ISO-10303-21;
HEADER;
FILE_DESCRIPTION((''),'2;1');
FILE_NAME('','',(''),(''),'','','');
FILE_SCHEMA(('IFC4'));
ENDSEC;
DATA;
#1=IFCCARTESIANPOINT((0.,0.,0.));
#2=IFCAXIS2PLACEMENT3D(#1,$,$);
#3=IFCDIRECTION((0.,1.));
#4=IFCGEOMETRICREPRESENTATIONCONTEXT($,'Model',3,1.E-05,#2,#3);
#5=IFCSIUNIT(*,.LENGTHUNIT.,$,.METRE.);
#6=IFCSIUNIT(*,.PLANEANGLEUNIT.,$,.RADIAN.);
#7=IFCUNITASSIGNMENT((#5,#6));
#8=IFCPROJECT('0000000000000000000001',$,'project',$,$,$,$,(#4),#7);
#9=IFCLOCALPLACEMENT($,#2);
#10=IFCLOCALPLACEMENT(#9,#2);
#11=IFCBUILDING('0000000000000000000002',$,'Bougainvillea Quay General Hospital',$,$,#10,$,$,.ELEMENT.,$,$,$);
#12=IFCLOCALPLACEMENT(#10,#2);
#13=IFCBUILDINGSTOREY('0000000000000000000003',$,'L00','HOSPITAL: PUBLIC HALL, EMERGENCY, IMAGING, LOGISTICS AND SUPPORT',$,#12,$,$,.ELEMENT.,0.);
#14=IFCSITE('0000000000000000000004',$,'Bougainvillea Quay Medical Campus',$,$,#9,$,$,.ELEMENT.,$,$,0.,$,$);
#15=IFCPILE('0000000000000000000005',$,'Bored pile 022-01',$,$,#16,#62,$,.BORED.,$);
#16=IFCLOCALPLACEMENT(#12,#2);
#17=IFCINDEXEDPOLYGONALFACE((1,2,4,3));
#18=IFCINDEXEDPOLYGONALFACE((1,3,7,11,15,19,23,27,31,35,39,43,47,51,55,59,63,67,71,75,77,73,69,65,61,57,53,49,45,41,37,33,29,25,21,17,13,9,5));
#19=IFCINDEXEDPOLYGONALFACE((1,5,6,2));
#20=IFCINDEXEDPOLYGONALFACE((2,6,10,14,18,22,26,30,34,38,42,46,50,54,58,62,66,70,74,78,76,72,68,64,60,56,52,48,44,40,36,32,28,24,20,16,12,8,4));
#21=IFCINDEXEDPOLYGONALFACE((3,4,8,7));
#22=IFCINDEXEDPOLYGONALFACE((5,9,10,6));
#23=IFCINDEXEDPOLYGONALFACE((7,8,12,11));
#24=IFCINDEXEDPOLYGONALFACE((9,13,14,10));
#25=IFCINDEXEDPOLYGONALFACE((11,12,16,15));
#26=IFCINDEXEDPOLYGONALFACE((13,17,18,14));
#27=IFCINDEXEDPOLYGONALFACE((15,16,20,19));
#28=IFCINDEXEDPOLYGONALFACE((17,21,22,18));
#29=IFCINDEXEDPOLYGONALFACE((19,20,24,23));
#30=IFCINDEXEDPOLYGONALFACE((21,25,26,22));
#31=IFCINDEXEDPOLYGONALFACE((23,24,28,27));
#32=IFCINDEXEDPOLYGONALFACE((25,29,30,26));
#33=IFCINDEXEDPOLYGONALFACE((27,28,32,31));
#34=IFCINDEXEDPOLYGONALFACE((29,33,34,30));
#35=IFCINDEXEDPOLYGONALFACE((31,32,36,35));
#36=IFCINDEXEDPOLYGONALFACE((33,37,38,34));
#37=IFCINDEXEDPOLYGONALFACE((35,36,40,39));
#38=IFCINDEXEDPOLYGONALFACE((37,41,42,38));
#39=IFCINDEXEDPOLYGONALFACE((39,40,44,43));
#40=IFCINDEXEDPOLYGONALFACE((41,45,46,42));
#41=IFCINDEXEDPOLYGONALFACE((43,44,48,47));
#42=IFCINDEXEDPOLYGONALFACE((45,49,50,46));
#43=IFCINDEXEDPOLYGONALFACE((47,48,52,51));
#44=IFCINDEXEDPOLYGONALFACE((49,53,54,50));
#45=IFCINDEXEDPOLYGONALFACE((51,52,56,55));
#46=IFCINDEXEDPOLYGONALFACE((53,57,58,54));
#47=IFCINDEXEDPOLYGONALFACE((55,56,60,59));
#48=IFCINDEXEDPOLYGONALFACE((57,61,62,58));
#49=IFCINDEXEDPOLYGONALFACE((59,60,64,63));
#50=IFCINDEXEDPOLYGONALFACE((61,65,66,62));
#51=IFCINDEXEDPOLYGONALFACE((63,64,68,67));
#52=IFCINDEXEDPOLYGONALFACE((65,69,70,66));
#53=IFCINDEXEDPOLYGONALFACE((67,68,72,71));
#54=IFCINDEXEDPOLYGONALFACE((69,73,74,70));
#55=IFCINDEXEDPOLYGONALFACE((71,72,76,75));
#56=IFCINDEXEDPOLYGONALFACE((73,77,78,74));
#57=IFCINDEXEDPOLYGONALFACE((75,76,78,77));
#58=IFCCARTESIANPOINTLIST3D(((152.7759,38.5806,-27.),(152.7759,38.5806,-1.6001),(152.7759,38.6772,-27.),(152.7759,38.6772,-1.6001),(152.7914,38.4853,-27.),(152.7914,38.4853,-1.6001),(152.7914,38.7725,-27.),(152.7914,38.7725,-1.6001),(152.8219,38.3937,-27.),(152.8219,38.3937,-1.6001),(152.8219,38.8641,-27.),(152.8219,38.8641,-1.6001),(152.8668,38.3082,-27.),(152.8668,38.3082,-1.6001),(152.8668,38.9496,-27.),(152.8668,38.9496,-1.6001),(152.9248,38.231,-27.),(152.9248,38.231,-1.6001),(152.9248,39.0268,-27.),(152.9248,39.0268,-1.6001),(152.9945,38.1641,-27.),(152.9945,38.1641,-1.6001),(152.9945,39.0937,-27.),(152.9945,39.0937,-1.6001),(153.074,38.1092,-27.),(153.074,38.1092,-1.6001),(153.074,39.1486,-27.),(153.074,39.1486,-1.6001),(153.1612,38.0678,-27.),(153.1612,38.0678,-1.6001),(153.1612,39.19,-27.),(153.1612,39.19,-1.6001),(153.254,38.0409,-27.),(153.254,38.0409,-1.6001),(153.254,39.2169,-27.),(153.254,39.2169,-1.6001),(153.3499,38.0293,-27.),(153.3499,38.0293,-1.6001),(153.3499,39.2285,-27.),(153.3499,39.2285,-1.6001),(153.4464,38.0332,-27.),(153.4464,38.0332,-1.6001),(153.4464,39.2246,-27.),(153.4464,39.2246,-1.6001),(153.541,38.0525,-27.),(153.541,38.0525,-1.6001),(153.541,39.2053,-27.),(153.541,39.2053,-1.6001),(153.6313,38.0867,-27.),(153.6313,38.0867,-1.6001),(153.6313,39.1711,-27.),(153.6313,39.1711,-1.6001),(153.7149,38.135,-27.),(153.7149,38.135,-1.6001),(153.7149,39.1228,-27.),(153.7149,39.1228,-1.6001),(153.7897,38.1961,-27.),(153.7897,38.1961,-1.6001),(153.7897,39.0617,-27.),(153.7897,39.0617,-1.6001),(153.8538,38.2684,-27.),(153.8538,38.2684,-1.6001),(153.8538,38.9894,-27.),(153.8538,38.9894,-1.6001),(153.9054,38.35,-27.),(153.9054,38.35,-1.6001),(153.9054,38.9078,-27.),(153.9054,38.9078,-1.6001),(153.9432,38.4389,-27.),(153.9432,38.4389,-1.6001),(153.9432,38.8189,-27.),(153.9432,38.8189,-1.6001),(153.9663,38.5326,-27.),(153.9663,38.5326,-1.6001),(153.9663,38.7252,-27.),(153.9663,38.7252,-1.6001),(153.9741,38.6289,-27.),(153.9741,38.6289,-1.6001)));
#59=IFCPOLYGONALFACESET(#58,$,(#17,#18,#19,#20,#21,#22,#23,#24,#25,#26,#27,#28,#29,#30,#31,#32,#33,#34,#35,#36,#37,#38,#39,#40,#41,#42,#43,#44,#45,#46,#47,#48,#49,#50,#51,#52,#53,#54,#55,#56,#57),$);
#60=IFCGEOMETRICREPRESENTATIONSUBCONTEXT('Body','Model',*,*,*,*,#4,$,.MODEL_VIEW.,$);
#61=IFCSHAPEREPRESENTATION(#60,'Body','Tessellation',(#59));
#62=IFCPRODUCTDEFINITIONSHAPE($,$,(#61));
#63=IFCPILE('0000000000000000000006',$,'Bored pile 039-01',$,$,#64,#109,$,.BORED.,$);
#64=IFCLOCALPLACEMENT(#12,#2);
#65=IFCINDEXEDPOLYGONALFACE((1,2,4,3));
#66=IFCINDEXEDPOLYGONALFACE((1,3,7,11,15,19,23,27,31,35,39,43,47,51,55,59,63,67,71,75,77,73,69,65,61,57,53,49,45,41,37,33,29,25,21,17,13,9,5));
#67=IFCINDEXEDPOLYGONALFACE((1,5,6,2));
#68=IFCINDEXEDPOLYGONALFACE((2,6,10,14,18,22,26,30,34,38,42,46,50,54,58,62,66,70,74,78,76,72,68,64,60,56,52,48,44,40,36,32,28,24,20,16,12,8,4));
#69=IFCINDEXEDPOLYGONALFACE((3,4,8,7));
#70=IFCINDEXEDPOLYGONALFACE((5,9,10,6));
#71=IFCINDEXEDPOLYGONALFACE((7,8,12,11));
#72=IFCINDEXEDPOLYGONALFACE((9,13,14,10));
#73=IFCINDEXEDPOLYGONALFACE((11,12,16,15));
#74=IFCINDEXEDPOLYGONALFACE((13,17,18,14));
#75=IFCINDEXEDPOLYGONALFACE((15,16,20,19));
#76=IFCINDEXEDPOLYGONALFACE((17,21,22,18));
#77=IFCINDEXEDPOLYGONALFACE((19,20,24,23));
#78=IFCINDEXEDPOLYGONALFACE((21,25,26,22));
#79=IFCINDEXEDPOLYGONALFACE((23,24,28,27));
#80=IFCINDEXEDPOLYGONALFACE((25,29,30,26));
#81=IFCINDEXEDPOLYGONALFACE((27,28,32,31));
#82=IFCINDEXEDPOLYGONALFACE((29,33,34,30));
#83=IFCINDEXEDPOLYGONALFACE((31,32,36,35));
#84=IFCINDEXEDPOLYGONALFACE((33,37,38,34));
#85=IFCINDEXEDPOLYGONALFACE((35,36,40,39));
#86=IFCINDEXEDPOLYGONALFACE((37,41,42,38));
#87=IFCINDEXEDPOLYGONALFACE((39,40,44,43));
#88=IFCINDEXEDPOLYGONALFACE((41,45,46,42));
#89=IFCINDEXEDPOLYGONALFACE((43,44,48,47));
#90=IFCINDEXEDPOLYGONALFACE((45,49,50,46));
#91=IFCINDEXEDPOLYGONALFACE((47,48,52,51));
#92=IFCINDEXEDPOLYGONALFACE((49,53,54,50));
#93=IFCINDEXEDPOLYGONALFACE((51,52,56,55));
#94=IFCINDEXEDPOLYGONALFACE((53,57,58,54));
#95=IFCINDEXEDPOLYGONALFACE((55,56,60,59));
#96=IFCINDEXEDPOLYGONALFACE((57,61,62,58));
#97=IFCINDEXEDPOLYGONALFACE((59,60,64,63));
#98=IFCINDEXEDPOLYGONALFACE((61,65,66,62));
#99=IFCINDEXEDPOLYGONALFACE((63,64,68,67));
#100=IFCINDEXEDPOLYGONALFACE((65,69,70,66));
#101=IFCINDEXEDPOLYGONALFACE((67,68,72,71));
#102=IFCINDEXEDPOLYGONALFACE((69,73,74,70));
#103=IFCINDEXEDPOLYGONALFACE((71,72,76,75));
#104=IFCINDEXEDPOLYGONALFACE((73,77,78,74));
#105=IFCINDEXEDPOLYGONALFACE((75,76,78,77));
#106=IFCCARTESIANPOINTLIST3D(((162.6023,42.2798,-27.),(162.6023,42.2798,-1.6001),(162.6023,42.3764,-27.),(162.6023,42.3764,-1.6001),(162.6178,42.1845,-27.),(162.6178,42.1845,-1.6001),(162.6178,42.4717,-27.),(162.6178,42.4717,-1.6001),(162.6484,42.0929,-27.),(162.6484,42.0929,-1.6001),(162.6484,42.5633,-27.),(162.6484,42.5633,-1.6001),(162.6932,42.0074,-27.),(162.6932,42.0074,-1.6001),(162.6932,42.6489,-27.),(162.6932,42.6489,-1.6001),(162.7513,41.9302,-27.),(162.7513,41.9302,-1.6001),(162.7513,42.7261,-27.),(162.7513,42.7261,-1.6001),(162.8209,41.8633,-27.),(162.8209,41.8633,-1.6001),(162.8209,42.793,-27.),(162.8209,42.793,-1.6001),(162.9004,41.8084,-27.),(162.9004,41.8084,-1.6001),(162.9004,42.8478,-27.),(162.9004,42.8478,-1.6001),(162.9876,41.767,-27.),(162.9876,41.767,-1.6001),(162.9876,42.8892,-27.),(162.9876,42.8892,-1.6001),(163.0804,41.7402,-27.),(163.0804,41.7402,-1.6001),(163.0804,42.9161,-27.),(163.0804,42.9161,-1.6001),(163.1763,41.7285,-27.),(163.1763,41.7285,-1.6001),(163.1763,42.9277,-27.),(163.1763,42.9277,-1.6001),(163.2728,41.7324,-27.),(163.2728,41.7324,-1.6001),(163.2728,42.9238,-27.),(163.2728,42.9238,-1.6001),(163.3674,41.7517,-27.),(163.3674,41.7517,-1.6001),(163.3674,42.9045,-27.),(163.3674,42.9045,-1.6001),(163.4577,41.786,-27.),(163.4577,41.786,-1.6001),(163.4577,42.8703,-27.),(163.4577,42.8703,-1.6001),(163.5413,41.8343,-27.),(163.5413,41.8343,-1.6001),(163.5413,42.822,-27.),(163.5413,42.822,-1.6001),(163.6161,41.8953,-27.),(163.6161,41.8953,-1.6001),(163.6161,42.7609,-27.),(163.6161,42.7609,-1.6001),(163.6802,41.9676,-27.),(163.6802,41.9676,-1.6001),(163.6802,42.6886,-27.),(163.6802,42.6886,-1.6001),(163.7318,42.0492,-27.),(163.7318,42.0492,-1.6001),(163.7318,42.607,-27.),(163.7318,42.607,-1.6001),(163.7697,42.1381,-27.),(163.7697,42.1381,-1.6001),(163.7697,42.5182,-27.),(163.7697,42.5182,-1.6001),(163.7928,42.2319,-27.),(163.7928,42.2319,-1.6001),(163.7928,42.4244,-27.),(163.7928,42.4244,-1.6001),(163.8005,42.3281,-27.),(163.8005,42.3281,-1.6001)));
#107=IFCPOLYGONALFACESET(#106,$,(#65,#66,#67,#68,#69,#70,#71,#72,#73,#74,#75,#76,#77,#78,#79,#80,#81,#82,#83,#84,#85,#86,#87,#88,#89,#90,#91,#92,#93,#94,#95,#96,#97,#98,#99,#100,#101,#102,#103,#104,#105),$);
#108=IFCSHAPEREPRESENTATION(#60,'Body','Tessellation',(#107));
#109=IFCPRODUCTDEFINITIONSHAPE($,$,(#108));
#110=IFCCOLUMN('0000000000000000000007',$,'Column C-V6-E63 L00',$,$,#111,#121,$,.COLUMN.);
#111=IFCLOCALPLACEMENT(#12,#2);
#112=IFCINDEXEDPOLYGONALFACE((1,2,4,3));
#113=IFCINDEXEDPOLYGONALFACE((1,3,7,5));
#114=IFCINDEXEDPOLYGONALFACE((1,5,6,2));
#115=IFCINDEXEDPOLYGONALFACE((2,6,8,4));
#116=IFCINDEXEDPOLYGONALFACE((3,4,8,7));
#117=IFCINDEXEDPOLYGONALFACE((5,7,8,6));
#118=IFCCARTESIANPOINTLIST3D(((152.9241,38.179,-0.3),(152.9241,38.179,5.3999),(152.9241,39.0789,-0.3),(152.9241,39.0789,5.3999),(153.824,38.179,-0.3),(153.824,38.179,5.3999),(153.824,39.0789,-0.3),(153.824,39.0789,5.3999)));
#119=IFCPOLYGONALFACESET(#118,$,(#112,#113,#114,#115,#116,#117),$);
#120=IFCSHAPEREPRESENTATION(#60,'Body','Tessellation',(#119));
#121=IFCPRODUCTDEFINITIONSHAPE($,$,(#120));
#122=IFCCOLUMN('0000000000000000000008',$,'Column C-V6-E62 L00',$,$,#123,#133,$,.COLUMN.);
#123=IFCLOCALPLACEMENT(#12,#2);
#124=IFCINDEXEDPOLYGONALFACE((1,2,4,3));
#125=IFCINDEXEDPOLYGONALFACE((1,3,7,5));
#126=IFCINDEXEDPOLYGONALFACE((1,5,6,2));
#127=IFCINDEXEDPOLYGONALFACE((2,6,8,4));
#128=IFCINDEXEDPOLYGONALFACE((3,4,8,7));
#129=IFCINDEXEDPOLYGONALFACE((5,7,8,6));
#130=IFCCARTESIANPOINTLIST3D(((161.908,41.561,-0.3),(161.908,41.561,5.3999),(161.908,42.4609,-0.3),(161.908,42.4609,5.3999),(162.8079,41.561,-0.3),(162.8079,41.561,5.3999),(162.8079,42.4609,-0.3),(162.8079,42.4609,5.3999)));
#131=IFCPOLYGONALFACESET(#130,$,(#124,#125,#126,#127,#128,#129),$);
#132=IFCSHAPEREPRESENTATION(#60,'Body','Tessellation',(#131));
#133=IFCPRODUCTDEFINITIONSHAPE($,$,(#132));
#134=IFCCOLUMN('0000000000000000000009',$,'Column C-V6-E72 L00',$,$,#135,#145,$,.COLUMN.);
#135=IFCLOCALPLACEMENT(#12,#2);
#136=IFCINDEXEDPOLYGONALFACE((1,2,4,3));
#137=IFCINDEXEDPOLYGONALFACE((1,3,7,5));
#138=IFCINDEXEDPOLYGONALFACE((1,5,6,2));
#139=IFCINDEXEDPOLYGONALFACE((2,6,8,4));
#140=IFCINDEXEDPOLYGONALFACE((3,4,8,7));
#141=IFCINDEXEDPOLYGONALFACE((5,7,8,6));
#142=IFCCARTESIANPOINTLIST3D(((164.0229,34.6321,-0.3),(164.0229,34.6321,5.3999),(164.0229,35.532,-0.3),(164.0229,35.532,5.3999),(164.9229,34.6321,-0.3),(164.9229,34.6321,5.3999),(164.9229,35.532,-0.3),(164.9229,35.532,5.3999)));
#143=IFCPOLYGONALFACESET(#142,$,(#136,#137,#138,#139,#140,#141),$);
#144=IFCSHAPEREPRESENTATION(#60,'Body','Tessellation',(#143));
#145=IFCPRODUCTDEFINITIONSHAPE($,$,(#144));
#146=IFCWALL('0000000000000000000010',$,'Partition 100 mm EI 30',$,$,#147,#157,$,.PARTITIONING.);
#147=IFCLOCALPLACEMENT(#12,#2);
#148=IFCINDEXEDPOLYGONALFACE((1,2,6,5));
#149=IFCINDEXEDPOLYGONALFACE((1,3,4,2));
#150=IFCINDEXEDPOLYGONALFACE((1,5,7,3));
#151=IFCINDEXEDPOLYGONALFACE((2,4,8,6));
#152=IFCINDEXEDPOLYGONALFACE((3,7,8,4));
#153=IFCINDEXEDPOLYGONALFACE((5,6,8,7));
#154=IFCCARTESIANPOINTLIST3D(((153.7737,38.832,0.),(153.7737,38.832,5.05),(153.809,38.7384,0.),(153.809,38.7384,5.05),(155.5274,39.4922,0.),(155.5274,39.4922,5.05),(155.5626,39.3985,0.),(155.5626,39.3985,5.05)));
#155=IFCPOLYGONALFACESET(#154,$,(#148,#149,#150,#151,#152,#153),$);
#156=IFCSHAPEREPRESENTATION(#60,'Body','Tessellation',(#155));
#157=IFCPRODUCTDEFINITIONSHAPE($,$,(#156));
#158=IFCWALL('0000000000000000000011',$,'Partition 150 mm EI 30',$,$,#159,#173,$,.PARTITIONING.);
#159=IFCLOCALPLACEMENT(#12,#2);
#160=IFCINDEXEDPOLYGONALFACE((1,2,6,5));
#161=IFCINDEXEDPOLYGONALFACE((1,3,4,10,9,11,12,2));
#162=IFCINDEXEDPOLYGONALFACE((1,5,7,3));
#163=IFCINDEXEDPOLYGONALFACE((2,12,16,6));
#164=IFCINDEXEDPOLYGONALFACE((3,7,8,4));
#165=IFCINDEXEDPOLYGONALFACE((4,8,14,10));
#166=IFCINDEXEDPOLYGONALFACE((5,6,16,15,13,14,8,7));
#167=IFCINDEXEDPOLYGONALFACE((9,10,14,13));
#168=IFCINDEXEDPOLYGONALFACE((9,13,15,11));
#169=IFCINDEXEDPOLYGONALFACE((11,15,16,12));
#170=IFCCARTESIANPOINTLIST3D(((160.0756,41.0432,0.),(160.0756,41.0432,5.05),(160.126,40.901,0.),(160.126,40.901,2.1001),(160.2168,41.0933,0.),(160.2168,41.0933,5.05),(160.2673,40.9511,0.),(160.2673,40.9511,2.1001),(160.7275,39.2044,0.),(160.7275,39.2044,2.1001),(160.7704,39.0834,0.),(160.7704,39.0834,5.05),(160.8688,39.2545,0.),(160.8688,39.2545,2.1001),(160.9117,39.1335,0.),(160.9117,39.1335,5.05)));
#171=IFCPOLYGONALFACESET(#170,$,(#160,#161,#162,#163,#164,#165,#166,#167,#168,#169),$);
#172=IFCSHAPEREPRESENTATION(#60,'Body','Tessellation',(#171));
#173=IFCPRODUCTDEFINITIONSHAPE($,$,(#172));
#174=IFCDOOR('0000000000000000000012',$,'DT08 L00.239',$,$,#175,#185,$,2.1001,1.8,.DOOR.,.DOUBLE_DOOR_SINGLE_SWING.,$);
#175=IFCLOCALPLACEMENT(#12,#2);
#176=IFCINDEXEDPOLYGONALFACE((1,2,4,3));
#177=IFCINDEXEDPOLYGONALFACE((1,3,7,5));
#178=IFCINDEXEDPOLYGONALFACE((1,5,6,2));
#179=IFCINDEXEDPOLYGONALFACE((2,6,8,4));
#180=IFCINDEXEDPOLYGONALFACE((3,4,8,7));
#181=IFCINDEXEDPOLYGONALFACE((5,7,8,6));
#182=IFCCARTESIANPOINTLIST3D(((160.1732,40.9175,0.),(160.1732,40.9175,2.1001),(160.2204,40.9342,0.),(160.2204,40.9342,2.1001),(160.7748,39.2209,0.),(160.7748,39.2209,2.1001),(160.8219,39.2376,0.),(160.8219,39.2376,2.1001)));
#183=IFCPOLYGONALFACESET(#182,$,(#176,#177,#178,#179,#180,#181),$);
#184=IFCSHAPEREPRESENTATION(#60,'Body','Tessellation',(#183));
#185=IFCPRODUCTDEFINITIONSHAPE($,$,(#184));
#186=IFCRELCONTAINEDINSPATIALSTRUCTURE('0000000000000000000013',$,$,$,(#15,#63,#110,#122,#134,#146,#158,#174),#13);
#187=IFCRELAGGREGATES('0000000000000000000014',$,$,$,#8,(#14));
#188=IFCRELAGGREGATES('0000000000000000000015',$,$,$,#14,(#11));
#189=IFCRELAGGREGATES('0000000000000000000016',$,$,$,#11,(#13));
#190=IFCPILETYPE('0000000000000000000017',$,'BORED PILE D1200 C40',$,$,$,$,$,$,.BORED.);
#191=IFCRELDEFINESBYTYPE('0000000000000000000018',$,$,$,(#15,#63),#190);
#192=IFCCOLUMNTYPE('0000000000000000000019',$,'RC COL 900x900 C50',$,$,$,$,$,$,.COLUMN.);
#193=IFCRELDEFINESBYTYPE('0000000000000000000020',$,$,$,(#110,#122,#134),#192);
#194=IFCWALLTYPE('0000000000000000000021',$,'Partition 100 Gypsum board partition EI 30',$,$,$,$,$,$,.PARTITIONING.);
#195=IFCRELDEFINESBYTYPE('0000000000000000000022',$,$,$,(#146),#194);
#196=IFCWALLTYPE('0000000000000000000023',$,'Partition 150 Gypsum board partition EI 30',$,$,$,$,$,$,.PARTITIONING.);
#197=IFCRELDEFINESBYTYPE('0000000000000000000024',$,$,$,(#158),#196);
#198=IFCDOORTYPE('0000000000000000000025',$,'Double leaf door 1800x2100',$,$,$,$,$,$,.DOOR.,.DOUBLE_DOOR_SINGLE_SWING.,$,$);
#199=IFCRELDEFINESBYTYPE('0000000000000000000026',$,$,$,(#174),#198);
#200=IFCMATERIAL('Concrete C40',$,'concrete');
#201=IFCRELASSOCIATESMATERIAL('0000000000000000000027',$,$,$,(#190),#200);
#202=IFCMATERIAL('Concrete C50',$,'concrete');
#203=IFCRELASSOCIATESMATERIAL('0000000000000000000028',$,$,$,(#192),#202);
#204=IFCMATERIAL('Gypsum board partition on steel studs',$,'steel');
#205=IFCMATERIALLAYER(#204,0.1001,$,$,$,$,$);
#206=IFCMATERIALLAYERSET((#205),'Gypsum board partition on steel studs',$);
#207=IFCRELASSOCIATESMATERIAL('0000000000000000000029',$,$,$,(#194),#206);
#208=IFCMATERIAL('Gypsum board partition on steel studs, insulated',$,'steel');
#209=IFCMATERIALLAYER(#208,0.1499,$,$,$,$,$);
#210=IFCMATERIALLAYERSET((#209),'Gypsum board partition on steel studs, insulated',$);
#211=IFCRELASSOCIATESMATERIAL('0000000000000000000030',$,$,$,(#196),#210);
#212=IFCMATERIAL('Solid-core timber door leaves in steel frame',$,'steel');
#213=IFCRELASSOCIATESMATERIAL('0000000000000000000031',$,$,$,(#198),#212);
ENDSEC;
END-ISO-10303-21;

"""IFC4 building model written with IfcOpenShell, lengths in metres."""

from ifc_helpers import new_model, si_unit, direction, frame, frame_2d, origin, origin_2d, place, context, subcontext, project, spatial, rectangle, circle, extrude, material, layer, layer_set, material_profile, profile_set, type_object, element, fill, save


model = new_model("IFC4")

# Units and contexts
model_context = context("Model", 3, precision=1e-05, world=origin(), true_north=direction((0.0, 1.0)))
body_context = subcontext(model_context, "Body", "Model", "MODEL_VIEW")
ifc_project = project(units=[si_unit("LENGTHUNIT", "METRE"), si_unit("PLANEANGLEUNIT", "RADIAN")], contexts=[model_context])

# Site, building, storey
site_placement = place(None, origin())
site = spatial("IfcSite", under=ifc_project, at=site_placement, Name="Bougainvillea Quay Medical Campus", CompositionType="ELEMENT", RefElevation=0.0)
building_placement = place(site_placement, origin())
building = spatial("IfcBuilding", under=site, at=building_placement, Name="Bougainvillea Quay General Hospital", CompositionType="ELEMENT")
storey_placement = place(building_placement, origin())
storey = spatial("IfcBuildingStorey", under=building, at=storey_placement, Name="L00", Description="HOSPITAL: PUBLIC HALL, EMERGENCY, IMAGING, LOGISTICS AND SUPPORT", CompositionType="ELEMENT", Elevation=0.0)

# Piles
ifc_material_1 = material(Name="Concrete C40", Category="concrete")
ifc_material_profile_1 = material_profile(ifc_material_1, circle(Radius=0.6001, at=origin_2d()))
ifc_profile_set_1 = profile_set([ifc_material_profile_1], Name="Concrete C40")
pile_type = type_object("IfcPileType", Name="BORED PILE D1200 C40", PredefinedType="BORED", material=ifc_profile_set_1)
for number, where, z_axis, x_axis, name in (
    (1, (153.374, 38.6289, -1.6001), (0.0, 0.0, -1.0), (1.0, 0.0, 0.0), "Bored pile 022-01"),
    (2, (163.2004, 42.3281, -1.6001), (0.0, 0.0, -1.0), (1.0, 0.0, 0.0), "Bored pile 039-01"),
):
    element("IfcPile", number, at=place(storey_placement, frame(where, z_axis=z_axis, x_axis=x_axis)), inside=storey, type_object=pile_type, Name=name, PredefinedType="BORED", context=body_context, shape_type="SweptSolid", body=[
        extrude(circle(Radius=0.6001, at=origin_2d()), origin(), (0.0, 0.0, 1.0), 25.3999),
    ])

# Columns
ifc_material_2 = material(Name="Concrete C50", Category="concrete")
ifc_material_profile_2 = material_profile(ifc_material_2, rectangle(XDim=0.8999, YDim=0.8999, at=origin_2d()))
ifc_profile_set_2 = profile_set([ifc_material_profile_2], Name="Concrete C50")
column_type = type_object("IfcColumnType", Name="RC COL 900x900 C50", PredefinedType="COLUMN", material=ifc_profile_set_2)
for number, where, z_axis, x_axis, name in (
    (3, (153.374, 38.6289, -0.3), (0.0, 0.0, 1.0), (1.0, 0.0, 0.0), "Column C-V6-E63 L00"),
    (4, (162.3579, 42.011, -0.3), (0.0, 0.0, 1.0), (1.0, 0.0, 0.0), "Column C-V6-E62 L00"),
    (5, (164.4729, 35.082, -0.3), (0.0, 0.0, 1.0), (1.0, 0.0, 0.0), "Column C-V6-E72 L00"),
):
    element("IfcColumn", number, at=place(storey_placement, frame(where, z_axis=z_axis, x_axis=x_axis)), inside=storey, type_object=column_type, Name=name, PredefinedType="COLUMN", context=body_context, shape_type="SweptSolid", body=[
        extrude(rectangle(XDim=0.8999, YDim=0.8999, at=origin_2d()), origin(), (0.0, 0.0, 1.0), 5.7),
    ])

# Wall
ifc_material_3 = material(Name="Gypsum board partition on steel studs", Category="steel")
ifc_layer_1 = layer(ifc_material_3, 0.1001)
ifc_layer_set_1 = layer_set([ifc_layer_1], Name="Gypsum board partition on steel studs")
wall_type_1 = type_object("IfcWallType", Name="Partition 100 Gypsum board partition EI 30", PredefinedType="PARTITIONING", material=ifc_layer_set_1)
wall_1_placement = place(storey_placement, frame((153.7913, 38.7852, 0.0), z_axis=(0.0, 0.0, 1.0), x_axis=(0.935884, 0.352308, 0.0)))
element("IfcWall", 6, at=wall_1_placement, inside=storey, type_object=wall_type_1, Name="Partition 100 mm EI 30", PredefinedType="PARTITIONING", context=body_context, shape_type="SweptSolid", body=[
    extrude(rectangle(XDim=1.8738, YDim=0.1001, at=frame_2d((0.937, 0.0))), origin(), (0.0, 0.0, 1.0), 5.05),
])

# Wall, opening, door
ifc_material_4 = material(Name="Gypsum board partition on steel studs, insulated", Category="steel")
ifc_layer_2 = layer(ifc_material_4, 0.1499)
ifc_layer_set_2 = layer_set([ifc_layer_2], Name="Gypsum board partition on steel studs, insulated")
wall_type_2 = type_object("IfcWallType", Name="Partition 150 Gypsum board partition EI 30", PredefinedType="PARTITIONING", material=ifc_layer_set_2)
wall_2_placement = place(storey_placement, frame((160.1462, 41.0681, 0.0), z_axis=(0.0, 0.0, 1.0), x_axis=(0.334171, -0.942512, 0.0)))
wall_2 = element("IfcWall", 7, at=wall_2_placement, inside=storey, type_object=wall_type_2, Name="Partition 150 mm EI 30", PredefinedType="PARTITIONING", context=body_context, shape_type="SweptSolid", body=[
    extrude(rectangle(XDim=2.0793, YDim=0.1499, at=frame_2d((1.0396, 0.0))), origin(), (0.0, 0.0, 1.0), 5.05),
])
opening_1_placement = place(wall_2_placement, frame((0.1509, 0.0, 0.0)))
opening_1 = element("IfcOpeningElement", 8, at=opening_1_placement, cuts=wall_2, PredefinedType="OPENING", context=body_context, shape_type="SweptSolid", body=[
    extrude(rectangle(XDim=1.8, YDim=2.1001, at=frame_2d((0.8999, 1.05))), frame((0.0, 0.085, 0.0), z_axis=(0.0, -1.0, 0.0), x_axis=(1.0, 0.0, 0.0)), (0.0, 0.0, 1.0), 0.1699),
])
ifc_material_5 = material(Name="Solid-core timber door leaves in steel frame", Category="steel")
door_type_1 = type_object("IfcDoorType", Name="Double leaf door 1800x2100", OperationType="DOUBLE_DOOR_SINGLE_SWING", PredefinedType="DOOR", material=ifc_material_5)
door_1_placement = place(opening_1_placement, frame((1.8, 0.0, 0.0), z_axis=(0.0, 0.0, 1.0), x_axis=(-1.0, 0.0, 0.0)))
door_1 = element("IfcDoor", 9, at=door_1_placement, inside=storey, type_object=door_type_1, Name="DT08 L00.239", OperationType="DOUBLE_DOOR_SINGLE_SWING", OverallHeight=2.1001, OverallWidth=1.8, PredefinedType="DOOR", context=body_context, shape_type="SweptSolid", body=[
    extrude(rectangle(XDim=1.8, YDim=2.1001, at=frame_2d((0.8999, 1.05))), frame((0.0, 0.0249, 0.0), z_axis=(0.0, -1.0, 0.0), x_axis=(1.0, 0.0, 0.0)), (0.0, 0.0, 1.0), 0.05),
])
fill(opening_1, door_1)

save(model, "model.ifc")
